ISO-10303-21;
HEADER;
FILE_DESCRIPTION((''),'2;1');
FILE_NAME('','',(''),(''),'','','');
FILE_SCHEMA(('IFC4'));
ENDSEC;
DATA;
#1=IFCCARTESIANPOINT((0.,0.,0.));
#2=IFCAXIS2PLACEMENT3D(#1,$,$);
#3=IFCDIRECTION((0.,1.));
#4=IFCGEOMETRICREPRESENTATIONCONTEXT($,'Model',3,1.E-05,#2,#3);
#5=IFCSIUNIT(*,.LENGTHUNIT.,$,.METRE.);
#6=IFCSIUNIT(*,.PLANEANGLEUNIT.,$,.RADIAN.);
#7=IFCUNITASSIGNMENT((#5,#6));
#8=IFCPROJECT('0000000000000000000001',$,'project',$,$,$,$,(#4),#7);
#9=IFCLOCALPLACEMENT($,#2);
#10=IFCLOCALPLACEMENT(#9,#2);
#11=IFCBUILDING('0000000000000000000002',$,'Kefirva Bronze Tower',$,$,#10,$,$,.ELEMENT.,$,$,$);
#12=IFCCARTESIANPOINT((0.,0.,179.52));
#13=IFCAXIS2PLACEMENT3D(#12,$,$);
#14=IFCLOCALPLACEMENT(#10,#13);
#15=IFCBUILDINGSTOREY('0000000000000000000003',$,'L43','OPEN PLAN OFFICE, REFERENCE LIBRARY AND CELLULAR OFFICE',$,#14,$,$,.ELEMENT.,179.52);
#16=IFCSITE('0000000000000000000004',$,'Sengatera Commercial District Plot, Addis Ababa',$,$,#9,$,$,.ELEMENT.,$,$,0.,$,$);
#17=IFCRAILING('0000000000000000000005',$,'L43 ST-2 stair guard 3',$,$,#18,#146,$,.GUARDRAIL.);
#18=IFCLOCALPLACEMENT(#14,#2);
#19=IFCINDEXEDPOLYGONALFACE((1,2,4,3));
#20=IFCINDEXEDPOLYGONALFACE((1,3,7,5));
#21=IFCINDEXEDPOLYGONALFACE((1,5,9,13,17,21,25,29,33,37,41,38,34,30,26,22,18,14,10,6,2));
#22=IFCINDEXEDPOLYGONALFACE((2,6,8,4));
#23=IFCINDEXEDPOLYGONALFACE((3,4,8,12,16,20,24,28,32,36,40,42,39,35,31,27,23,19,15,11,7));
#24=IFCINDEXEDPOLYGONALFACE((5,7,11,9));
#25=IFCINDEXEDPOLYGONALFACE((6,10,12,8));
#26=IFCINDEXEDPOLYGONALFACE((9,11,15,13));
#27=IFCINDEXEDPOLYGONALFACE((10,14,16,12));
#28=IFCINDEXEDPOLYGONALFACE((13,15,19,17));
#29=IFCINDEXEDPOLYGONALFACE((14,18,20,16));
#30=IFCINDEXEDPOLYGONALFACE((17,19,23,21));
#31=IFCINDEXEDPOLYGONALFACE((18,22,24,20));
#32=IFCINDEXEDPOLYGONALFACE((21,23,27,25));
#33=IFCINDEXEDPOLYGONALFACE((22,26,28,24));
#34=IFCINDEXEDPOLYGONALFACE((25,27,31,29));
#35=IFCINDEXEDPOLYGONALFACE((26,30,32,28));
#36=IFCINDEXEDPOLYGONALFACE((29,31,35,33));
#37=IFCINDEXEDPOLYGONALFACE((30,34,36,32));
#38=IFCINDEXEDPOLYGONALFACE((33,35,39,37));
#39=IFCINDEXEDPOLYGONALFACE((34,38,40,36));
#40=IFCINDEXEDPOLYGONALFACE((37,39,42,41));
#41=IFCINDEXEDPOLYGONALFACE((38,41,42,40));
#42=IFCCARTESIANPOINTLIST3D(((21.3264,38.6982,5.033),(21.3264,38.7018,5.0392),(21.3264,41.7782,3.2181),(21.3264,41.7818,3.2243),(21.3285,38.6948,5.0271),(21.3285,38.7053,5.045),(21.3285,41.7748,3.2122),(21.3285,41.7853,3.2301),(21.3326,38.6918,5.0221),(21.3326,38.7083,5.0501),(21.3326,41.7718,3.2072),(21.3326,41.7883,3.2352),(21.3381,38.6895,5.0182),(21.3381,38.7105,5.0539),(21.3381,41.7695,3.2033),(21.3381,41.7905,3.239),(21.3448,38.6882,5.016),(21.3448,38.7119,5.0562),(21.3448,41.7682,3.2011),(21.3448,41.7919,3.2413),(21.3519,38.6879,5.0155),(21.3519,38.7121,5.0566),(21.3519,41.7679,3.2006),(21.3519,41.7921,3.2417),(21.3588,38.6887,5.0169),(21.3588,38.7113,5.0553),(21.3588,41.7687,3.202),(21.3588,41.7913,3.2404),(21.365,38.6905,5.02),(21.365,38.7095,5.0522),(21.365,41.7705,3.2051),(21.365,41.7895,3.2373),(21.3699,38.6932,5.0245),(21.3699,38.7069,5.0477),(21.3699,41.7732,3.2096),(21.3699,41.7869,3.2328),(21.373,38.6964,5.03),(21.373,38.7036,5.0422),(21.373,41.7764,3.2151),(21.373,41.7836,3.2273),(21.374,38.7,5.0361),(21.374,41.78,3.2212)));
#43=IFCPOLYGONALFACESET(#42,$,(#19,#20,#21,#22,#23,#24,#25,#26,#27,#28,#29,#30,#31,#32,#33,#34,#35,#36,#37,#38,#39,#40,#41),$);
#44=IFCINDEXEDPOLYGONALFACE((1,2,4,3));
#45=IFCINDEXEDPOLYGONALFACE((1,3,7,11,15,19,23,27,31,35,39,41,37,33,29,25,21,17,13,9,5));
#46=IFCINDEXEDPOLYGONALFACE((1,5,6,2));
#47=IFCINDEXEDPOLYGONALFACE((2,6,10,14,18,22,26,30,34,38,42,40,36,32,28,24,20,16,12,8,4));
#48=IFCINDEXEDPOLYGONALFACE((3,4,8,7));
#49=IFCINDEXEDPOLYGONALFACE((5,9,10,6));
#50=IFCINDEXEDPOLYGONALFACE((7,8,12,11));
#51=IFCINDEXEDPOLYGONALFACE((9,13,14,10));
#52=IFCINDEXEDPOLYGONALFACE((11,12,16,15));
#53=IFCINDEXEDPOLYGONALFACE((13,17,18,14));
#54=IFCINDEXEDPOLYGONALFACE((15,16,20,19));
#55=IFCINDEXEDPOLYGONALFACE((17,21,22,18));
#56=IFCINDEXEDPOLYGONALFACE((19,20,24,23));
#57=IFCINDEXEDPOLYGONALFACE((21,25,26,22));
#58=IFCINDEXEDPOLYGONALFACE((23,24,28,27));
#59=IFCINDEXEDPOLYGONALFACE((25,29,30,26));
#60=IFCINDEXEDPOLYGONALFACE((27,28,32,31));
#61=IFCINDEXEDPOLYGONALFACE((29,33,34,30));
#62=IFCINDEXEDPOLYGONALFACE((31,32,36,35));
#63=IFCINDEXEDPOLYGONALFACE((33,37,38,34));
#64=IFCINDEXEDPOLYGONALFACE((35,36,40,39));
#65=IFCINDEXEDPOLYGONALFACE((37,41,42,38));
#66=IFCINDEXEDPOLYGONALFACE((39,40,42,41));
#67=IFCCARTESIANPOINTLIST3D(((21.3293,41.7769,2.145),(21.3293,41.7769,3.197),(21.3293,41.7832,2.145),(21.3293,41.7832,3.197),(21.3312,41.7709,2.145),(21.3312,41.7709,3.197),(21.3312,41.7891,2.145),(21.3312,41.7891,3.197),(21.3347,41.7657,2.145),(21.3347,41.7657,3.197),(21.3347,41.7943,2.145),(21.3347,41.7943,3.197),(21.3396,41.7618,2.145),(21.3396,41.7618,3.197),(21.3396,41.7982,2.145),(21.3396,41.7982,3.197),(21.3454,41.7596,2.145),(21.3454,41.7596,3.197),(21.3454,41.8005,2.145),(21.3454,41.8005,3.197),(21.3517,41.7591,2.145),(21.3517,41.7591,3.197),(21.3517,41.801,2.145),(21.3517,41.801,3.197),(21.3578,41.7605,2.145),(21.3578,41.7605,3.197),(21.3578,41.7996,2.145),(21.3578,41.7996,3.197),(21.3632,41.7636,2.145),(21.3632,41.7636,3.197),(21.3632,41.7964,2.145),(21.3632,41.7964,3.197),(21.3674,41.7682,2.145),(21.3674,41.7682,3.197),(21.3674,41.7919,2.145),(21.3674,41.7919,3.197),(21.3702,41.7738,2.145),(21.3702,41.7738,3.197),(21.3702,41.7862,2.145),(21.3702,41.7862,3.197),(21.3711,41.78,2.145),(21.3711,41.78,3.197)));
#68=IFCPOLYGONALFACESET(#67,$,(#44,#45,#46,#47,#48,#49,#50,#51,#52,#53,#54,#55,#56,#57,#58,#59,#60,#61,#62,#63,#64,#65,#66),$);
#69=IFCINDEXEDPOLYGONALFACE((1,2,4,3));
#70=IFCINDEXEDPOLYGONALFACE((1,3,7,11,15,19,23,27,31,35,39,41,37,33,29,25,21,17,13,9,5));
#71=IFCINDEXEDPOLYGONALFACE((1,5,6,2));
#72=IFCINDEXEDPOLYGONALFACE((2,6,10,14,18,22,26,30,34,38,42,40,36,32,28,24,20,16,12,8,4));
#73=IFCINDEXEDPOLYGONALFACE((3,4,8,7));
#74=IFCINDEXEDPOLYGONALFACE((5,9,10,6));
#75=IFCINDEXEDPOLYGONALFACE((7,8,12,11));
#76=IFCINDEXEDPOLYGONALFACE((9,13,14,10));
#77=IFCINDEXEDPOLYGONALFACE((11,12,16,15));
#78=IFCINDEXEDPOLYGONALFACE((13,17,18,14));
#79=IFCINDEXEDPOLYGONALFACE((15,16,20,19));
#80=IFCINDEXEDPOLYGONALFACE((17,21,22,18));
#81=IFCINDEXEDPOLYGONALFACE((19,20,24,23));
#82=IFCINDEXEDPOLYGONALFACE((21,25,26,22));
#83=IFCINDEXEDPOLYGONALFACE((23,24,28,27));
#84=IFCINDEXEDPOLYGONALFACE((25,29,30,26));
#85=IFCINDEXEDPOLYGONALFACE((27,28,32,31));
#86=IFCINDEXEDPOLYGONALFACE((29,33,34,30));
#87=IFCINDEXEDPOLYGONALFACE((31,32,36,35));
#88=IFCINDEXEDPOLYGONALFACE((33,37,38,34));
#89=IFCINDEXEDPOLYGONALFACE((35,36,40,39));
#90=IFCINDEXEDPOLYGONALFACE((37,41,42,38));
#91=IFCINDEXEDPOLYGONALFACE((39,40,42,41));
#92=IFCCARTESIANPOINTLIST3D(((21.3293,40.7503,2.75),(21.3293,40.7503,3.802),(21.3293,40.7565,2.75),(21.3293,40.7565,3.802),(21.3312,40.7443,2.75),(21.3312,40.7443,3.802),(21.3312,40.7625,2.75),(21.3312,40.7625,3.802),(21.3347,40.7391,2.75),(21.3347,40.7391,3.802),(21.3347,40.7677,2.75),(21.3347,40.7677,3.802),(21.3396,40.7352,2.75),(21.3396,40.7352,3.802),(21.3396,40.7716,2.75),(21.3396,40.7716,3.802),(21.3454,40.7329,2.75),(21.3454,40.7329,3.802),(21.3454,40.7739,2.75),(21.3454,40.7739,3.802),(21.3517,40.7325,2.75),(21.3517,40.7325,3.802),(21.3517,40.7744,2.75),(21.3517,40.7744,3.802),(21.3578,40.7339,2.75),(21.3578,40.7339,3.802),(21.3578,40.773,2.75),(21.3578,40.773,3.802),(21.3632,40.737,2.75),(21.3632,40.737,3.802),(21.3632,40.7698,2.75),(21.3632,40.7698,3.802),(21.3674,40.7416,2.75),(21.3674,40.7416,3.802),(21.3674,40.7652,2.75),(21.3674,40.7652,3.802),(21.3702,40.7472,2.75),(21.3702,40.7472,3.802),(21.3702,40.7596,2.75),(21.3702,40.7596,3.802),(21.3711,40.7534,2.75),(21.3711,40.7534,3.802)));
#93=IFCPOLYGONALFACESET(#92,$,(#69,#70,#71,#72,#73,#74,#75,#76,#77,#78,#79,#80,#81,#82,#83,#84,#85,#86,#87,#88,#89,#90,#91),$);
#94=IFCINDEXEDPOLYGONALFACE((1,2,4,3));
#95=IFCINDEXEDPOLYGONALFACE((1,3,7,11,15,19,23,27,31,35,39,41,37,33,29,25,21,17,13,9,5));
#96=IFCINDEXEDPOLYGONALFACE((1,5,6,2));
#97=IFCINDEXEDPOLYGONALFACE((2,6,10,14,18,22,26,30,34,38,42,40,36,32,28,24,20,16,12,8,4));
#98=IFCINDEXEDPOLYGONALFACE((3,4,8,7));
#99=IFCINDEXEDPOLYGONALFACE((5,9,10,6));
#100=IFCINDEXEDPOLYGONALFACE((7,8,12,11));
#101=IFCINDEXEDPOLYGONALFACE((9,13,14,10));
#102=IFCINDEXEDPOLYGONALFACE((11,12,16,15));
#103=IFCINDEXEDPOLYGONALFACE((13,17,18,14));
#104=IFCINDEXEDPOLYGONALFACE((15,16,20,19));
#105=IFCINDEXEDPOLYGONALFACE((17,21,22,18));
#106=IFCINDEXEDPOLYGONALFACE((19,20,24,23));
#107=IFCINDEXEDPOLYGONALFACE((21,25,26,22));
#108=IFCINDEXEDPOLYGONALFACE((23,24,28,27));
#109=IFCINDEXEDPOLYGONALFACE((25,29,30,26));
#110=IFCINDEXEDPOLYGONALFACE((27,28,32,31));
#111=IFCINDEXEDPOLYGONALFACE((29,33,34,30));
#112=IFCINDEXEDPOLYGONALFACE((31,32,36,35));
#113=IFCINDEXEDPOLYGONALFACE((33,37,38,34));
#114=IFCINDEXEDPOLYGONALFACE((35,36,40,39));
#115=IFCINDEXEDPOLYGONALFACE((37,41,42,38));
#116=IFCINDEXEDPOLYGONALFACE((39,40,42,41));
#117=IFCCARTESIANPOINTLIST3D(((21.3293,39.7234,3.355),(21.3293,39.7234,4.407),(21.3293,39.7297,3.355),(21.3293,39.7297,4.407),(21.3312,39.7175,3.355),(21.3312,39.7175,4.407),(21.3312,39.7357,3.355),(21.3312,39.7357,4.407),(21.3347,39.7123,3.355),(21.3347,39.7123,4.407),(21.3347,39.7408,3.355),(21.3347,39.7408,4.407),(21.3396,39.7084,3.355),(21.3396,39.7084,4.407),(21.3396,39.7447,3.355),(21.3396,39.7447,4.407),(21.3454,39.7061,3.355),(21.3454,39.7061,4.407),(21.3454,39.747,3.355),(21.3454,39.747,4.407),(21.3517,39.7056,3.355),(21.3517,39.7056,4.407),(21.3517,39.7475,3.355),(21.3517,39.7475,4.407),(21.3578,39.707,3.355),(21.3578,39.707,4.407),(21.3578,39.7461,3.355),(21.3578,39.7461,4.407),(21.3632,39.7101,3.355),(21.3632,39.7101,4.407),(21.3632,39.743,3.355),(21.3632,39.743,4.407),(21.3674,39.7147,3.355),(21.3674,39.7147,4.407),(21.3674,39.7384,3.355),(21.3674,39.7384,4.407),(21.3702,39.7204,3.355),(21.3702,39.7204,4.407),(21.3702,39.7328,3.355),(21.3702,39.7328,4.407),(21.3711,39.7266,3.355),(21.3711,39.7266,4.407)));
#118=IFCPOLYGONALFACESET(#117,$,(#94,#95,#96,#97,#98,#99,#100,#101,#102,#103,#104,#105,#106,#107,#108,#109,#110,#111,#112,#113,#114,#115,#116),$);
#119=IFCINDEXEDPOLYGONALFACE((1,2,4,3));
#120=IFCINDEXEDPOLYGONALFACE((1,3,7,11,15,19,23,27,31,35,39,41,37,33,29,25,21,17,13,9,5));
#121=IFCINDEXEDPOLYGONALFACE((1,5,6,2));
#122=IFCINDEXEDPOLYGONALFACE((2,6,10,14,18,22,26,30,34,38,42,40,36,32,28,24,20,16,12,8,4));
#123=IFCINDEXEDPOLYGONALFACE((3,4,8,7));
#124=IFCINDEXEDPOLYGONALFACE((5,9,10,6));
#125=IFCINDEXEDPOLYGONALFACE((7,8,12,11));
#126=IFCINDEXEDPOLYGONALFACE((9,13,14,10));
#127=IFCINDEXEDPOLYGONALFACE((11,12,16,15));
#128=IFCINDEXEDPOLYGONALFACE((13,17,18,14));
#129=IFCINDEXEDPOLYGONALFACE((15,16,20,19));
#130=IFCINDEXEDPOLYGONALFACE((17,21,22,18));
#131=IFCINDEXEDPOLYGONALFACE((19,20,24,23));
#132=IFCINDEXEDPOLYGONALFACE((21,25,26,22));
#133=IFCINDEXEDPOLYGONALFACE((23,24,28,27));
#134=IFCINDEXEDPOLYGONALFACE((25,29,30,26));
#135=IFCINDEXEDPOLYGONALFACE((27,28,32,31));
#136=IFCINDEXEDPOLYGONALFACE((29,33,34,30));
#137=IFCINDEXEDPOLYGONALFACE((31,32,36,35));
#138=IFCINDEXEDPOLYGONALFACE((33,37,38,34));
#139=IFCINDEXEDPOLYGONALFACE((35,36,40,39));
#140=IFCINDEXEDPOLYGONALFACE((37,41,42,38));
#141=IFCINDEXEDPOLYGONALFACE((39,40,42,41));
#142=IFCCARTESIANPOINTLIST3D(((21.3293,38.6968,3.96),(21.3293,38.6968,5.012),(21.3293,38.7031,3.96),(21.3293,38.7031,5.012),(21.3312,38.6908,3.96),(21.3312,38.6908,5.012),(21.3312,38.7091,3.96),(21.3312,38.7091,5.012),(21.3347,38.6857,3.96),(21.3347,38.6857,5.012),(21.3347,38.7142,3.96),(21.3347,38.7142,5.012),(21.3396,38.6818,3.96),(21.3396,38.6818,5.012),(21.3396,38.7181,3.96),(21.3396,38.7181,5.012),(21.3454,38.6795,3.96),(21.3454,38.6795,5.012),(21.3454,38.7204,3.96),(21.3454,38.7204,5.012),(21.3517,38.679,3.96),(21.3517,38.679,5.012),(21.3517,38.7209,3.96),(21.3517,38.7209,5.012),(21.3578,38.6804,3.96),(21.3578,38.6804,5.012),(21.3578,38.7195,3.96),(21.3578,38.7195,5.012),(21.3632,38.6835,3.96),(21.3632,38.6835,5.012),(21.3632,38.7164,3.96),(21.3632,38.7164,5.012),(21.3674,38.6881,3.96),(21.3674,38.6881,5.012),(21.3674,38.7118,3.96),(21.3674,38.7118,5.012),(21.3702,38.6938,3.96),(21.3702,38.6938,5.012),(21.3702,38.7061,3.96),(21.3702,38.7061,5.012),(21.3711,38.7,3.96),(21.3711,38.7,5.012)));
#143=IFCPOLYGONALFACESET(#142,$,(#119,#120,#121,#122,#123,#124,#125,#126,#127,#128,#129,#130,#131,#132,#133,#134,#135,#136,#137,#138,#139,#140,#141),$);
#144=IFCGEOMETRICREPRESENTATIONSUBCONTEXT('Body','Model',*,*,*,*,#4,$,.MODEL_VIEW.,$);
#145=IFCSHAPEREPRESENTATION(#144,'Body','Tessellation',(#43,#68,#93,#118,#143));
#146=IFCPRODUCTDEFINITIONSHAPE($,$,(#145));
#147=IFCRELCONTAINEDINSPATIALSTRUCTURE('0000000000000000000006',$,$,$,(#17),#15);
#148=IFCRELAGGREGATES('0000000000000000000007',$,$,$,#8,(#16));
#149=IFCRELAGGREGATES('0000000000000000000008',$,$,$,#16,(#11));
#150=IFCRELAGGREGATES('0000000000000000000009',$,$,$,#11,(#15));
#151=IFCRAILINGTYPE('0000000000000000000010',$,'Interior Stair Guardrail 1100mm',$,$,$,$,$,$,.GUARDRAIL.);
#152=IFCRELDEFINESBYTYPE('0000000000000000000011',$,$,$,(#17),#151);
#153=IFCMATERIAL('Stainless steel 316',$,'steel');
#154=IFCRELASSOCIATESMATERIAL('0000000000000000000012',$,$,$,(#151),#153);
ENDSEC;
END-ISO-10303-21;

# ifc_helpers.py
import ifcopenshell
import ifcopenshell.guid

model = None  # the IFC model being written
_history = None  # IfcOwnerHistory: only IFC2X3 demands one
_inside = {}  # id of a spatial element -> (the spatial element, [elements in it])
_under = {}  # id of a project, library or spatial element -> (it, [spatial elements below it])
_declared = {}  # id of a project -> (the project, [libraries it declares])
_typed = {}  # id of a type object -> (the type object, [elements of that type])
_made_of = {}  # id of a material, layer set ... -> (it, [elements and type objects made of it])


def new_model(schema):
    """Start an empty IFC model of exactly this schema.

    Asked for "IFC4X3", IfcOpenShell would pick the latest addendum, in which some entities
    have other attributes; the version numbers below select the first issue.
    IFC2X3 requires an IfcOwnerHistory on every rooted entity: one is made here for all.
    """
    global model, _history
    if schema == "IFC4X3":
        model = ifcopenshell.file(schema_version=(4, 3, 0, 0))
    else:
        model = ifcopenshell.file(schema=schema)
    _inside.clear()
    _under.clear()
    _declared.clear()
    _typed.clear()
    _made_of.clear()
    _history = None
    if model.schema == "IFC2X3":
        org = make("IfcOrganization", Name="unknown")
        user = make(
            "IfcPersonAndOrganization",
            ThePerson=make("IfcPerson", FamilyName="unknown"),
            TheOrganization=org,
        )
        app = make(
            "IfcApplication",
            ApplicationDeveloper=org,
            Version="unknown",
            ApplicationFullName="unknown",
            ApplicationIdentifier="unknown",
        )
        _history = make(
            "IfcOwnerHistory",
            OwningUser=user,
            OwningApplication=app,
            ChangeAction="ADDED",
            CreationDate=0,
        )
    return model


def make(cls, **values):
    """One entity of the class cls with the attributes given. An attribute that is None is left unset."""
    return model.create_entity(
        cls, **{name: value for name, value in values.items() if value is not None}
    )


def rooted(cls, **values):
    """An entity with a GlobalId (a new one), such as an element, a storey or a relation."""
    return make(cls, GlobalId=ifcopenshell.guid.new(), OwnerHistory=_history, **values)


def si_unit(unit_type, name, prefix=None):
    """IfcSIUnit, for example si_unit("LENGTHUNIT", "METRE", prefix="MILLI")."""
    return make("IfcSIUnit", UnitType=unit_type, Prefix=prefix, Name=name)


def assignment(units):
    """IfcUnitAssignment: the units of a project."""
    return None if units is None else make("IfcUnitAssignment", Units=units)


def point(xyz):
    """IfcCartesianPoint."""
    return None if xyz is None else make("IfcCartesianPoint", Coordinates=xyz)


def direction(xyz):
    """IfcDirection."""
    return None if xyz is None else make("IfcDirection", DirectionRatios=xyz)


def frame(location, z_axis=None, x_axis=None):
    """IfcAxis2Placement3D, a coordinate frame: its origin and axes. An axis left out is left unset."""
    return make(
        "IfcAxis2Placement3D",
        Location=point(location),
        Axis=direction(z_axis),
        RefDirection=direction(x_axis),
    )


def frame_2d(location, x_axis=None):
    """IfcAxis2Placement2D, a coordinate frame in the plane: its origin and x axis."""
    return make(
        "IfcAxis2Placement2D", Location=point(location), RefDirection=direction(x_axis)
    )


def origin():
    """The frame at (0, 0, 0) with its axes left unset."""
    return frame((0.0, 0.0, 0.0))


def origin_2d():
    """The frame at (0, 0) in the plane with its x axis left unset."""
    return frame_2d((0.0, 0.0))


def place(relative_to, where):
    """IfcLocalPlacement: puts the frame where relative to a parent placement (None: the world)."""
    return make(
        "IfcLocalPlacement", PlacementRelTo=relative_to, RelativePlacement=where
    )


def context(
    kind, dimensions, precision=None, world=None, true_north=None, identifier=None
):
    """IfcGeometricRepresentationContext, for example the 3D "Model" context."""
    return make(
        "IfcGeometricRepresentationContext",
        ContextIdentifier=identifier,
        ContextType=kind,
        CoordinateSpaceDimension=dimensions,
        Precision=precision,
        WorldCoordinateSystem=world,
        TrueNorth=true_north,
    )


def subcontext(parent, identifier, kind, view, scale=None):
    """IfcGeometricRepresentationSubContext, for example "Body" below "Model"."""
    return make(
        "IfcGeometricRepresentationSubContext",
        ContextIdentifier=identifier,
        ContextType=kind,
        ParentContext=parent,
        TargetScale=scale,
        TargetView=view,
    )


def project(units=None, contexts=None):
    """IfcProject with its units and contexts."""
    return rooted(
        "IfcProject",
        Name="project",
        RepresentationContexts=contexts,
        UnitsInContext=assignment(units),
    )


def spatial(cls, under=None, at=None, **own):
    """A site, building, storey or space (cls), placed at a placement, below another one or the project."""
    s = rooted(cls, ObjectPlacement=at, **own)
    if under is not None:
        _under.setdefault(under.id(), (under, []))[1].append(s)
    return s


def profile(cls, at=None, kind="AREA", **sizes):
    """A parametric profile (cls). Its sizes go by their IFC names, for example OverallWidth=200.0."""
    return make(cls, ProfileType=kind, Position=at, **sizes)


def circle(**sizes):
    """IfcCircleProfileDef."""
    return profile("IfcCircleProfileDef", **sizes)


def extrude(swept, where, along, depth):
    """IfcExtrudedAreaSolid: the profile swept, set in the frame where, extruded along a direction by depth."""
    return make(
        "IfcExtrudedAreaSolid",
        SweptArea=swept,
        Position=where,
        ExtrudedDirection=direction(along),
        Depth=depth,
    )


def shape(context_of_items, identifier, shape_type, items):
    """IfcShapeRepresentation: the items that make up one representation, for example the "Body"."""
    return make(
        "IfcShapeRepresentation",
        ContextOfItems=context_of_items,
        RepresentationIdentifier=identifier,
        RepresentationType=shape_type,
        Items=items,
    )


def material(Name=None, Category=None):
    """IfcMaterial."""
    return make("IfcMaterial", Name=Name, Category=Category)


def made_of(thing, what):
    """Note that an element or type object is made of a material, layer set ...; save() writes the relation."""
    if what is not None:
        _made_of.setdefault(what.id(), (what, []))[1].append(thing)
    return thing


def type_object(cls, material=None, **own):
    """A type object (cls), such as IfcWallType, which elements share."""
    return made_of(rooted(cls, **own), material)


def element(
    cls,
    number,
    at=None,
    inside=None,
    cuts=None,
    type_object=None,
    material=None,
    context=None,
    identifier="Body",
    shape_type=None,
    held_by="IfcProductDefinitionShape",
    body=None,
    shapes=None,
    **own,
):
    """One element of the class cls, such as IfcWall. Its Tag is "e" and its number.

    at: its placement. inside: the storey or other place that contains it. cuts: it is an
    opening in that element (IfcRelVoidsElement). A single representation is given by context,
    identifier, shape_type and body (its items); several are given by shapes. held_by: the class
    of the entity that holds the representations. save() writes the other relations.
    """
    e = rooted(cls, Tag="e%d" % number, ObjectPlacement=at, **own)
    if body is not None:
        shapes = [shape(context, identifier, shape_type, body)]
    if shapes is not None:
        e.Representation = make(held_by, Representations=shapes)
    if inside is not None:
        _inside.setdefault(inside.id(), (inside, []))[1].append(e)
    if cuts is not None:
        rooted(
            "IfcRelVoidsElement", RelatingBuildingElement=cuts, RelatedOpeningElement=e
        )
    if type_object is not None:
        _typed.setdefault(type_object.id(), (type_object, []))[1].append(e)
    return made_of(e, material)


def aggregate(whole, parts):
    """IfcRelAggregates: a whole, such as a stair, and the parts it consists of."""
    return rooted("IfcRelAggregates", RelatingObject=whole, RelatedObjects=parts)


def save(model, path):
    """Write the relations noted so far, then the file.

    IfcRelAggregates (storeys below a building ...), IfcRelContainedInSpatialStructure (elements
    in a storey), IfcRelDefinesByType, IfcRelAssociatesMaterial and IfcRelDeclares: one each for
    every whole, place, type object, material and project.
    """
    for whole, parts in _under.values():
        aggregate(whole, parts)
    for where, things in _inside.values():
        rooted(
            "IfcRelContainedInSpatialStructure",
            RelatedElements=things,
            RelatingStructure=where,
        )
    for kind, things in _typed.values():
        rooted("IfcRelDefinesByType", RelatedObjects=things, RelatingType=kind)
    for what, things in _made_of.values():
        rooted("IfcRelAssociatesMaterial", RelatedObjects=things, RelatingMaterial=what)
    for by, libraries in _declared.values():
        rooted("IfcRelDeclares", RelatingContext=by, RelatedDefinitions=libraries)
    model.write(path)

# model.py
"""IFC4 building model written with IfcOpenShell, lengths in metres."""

from ifc_helpers import new_model, si_unit, direction, frame, origin, origin_2d, place, context, subcontext, project, spatial, circle, extrude, material, type_object, element, save


model = new_model("IFC4")

# Units and contexts
model_context = context("Model", 3, precision=1e-05, world=origin(), true_north=direction((0.0, 1.0)))
body_context = subcontext(model_context, "Body", "Model", "MODEL_VIEW")
ifc_project = project(units=[si_unit("LENGTHUNIT", "METRE"), si_unit("PLANEANGLEUNIT", "RADIAN")], contexts=[model_context])

# Site, building, storey
site_placement = place(None, origin())
site = spatial("IfcSite", under=ifc_project, at=site_placement, Name="Sengatera Commercial District Plot, Addis Ababa", CompositionType="ELEMENT", RefElevation=0.0)
building_placement = place(site_placement, origin())
building = spatial("IfcBuilding", under=site, at=building_placement, Name="Kefirva Bronze Tower", CompositionType="ELEMENT")
storey_placement = place(building_placement, frame((0.0, 0.0, 179.52)))
storey = spatial("IfcBuildingStorey", under=building, at=storey_placement, Name="L43", Description="OPEN PLAN OFFICE, REFERENCE LIBRARY AND CELLULAR OFFICE", CompositionType="ELEMENT", Elevation=179.52)

# Railing
ifc_material_1 = material(Name="Stainless steel 316", Category="steel")
railing_type_1 = type_object("IfcRailingType", Name="Interior Stair Guardrail 1100mm", PredefinedType="GUARDRAIL", material=ifc_material_1)
railing_1_placement = place(storey_placement, frame((21.3501, 41.78, 2.145)))
element("IfcRailing", 1, at=railing_1_placement, inside=storey, type_object=railing_type_1, Name="L43 ST-2 stair guard 3", PredefinedType="GUARDRAIL", context=body_context, shape_type="SweptSolid", body=[
    extrude(circle(Radius=0.0239, at=origin_2d()), frame((0.0, 0.0, 1.0762), z_axis=(0.0, -0.861551, 0.507671), x_axis=(1.0, 0.0, 0.0)), (0.0, 0.0, 1.0), 3.575),
    extrude(circle(Radius=0.021, at=origin_2d()), origin(), (0.0, 0.0, 1.0), 1.052),
    extrude(circle(Radius=0.021, at=origin_2d()), frame((0.0, -1.0266, 0.605)), (0.0, 0.0, 1.0), 1.052),
    extrude(circle(Radius=0.021, at=origin_2d()), frame((0.0, -2.0535, 1.21)), (0.0, 0.0, 1.0), 1.052),
    extrude(circle(Radius=0.021, at=origin_2d()), frame((0.0, -3.0801, 1.8149)), (0.0, 0.0, 1.0), 1.052),
])

save(model, "model.ifc")
